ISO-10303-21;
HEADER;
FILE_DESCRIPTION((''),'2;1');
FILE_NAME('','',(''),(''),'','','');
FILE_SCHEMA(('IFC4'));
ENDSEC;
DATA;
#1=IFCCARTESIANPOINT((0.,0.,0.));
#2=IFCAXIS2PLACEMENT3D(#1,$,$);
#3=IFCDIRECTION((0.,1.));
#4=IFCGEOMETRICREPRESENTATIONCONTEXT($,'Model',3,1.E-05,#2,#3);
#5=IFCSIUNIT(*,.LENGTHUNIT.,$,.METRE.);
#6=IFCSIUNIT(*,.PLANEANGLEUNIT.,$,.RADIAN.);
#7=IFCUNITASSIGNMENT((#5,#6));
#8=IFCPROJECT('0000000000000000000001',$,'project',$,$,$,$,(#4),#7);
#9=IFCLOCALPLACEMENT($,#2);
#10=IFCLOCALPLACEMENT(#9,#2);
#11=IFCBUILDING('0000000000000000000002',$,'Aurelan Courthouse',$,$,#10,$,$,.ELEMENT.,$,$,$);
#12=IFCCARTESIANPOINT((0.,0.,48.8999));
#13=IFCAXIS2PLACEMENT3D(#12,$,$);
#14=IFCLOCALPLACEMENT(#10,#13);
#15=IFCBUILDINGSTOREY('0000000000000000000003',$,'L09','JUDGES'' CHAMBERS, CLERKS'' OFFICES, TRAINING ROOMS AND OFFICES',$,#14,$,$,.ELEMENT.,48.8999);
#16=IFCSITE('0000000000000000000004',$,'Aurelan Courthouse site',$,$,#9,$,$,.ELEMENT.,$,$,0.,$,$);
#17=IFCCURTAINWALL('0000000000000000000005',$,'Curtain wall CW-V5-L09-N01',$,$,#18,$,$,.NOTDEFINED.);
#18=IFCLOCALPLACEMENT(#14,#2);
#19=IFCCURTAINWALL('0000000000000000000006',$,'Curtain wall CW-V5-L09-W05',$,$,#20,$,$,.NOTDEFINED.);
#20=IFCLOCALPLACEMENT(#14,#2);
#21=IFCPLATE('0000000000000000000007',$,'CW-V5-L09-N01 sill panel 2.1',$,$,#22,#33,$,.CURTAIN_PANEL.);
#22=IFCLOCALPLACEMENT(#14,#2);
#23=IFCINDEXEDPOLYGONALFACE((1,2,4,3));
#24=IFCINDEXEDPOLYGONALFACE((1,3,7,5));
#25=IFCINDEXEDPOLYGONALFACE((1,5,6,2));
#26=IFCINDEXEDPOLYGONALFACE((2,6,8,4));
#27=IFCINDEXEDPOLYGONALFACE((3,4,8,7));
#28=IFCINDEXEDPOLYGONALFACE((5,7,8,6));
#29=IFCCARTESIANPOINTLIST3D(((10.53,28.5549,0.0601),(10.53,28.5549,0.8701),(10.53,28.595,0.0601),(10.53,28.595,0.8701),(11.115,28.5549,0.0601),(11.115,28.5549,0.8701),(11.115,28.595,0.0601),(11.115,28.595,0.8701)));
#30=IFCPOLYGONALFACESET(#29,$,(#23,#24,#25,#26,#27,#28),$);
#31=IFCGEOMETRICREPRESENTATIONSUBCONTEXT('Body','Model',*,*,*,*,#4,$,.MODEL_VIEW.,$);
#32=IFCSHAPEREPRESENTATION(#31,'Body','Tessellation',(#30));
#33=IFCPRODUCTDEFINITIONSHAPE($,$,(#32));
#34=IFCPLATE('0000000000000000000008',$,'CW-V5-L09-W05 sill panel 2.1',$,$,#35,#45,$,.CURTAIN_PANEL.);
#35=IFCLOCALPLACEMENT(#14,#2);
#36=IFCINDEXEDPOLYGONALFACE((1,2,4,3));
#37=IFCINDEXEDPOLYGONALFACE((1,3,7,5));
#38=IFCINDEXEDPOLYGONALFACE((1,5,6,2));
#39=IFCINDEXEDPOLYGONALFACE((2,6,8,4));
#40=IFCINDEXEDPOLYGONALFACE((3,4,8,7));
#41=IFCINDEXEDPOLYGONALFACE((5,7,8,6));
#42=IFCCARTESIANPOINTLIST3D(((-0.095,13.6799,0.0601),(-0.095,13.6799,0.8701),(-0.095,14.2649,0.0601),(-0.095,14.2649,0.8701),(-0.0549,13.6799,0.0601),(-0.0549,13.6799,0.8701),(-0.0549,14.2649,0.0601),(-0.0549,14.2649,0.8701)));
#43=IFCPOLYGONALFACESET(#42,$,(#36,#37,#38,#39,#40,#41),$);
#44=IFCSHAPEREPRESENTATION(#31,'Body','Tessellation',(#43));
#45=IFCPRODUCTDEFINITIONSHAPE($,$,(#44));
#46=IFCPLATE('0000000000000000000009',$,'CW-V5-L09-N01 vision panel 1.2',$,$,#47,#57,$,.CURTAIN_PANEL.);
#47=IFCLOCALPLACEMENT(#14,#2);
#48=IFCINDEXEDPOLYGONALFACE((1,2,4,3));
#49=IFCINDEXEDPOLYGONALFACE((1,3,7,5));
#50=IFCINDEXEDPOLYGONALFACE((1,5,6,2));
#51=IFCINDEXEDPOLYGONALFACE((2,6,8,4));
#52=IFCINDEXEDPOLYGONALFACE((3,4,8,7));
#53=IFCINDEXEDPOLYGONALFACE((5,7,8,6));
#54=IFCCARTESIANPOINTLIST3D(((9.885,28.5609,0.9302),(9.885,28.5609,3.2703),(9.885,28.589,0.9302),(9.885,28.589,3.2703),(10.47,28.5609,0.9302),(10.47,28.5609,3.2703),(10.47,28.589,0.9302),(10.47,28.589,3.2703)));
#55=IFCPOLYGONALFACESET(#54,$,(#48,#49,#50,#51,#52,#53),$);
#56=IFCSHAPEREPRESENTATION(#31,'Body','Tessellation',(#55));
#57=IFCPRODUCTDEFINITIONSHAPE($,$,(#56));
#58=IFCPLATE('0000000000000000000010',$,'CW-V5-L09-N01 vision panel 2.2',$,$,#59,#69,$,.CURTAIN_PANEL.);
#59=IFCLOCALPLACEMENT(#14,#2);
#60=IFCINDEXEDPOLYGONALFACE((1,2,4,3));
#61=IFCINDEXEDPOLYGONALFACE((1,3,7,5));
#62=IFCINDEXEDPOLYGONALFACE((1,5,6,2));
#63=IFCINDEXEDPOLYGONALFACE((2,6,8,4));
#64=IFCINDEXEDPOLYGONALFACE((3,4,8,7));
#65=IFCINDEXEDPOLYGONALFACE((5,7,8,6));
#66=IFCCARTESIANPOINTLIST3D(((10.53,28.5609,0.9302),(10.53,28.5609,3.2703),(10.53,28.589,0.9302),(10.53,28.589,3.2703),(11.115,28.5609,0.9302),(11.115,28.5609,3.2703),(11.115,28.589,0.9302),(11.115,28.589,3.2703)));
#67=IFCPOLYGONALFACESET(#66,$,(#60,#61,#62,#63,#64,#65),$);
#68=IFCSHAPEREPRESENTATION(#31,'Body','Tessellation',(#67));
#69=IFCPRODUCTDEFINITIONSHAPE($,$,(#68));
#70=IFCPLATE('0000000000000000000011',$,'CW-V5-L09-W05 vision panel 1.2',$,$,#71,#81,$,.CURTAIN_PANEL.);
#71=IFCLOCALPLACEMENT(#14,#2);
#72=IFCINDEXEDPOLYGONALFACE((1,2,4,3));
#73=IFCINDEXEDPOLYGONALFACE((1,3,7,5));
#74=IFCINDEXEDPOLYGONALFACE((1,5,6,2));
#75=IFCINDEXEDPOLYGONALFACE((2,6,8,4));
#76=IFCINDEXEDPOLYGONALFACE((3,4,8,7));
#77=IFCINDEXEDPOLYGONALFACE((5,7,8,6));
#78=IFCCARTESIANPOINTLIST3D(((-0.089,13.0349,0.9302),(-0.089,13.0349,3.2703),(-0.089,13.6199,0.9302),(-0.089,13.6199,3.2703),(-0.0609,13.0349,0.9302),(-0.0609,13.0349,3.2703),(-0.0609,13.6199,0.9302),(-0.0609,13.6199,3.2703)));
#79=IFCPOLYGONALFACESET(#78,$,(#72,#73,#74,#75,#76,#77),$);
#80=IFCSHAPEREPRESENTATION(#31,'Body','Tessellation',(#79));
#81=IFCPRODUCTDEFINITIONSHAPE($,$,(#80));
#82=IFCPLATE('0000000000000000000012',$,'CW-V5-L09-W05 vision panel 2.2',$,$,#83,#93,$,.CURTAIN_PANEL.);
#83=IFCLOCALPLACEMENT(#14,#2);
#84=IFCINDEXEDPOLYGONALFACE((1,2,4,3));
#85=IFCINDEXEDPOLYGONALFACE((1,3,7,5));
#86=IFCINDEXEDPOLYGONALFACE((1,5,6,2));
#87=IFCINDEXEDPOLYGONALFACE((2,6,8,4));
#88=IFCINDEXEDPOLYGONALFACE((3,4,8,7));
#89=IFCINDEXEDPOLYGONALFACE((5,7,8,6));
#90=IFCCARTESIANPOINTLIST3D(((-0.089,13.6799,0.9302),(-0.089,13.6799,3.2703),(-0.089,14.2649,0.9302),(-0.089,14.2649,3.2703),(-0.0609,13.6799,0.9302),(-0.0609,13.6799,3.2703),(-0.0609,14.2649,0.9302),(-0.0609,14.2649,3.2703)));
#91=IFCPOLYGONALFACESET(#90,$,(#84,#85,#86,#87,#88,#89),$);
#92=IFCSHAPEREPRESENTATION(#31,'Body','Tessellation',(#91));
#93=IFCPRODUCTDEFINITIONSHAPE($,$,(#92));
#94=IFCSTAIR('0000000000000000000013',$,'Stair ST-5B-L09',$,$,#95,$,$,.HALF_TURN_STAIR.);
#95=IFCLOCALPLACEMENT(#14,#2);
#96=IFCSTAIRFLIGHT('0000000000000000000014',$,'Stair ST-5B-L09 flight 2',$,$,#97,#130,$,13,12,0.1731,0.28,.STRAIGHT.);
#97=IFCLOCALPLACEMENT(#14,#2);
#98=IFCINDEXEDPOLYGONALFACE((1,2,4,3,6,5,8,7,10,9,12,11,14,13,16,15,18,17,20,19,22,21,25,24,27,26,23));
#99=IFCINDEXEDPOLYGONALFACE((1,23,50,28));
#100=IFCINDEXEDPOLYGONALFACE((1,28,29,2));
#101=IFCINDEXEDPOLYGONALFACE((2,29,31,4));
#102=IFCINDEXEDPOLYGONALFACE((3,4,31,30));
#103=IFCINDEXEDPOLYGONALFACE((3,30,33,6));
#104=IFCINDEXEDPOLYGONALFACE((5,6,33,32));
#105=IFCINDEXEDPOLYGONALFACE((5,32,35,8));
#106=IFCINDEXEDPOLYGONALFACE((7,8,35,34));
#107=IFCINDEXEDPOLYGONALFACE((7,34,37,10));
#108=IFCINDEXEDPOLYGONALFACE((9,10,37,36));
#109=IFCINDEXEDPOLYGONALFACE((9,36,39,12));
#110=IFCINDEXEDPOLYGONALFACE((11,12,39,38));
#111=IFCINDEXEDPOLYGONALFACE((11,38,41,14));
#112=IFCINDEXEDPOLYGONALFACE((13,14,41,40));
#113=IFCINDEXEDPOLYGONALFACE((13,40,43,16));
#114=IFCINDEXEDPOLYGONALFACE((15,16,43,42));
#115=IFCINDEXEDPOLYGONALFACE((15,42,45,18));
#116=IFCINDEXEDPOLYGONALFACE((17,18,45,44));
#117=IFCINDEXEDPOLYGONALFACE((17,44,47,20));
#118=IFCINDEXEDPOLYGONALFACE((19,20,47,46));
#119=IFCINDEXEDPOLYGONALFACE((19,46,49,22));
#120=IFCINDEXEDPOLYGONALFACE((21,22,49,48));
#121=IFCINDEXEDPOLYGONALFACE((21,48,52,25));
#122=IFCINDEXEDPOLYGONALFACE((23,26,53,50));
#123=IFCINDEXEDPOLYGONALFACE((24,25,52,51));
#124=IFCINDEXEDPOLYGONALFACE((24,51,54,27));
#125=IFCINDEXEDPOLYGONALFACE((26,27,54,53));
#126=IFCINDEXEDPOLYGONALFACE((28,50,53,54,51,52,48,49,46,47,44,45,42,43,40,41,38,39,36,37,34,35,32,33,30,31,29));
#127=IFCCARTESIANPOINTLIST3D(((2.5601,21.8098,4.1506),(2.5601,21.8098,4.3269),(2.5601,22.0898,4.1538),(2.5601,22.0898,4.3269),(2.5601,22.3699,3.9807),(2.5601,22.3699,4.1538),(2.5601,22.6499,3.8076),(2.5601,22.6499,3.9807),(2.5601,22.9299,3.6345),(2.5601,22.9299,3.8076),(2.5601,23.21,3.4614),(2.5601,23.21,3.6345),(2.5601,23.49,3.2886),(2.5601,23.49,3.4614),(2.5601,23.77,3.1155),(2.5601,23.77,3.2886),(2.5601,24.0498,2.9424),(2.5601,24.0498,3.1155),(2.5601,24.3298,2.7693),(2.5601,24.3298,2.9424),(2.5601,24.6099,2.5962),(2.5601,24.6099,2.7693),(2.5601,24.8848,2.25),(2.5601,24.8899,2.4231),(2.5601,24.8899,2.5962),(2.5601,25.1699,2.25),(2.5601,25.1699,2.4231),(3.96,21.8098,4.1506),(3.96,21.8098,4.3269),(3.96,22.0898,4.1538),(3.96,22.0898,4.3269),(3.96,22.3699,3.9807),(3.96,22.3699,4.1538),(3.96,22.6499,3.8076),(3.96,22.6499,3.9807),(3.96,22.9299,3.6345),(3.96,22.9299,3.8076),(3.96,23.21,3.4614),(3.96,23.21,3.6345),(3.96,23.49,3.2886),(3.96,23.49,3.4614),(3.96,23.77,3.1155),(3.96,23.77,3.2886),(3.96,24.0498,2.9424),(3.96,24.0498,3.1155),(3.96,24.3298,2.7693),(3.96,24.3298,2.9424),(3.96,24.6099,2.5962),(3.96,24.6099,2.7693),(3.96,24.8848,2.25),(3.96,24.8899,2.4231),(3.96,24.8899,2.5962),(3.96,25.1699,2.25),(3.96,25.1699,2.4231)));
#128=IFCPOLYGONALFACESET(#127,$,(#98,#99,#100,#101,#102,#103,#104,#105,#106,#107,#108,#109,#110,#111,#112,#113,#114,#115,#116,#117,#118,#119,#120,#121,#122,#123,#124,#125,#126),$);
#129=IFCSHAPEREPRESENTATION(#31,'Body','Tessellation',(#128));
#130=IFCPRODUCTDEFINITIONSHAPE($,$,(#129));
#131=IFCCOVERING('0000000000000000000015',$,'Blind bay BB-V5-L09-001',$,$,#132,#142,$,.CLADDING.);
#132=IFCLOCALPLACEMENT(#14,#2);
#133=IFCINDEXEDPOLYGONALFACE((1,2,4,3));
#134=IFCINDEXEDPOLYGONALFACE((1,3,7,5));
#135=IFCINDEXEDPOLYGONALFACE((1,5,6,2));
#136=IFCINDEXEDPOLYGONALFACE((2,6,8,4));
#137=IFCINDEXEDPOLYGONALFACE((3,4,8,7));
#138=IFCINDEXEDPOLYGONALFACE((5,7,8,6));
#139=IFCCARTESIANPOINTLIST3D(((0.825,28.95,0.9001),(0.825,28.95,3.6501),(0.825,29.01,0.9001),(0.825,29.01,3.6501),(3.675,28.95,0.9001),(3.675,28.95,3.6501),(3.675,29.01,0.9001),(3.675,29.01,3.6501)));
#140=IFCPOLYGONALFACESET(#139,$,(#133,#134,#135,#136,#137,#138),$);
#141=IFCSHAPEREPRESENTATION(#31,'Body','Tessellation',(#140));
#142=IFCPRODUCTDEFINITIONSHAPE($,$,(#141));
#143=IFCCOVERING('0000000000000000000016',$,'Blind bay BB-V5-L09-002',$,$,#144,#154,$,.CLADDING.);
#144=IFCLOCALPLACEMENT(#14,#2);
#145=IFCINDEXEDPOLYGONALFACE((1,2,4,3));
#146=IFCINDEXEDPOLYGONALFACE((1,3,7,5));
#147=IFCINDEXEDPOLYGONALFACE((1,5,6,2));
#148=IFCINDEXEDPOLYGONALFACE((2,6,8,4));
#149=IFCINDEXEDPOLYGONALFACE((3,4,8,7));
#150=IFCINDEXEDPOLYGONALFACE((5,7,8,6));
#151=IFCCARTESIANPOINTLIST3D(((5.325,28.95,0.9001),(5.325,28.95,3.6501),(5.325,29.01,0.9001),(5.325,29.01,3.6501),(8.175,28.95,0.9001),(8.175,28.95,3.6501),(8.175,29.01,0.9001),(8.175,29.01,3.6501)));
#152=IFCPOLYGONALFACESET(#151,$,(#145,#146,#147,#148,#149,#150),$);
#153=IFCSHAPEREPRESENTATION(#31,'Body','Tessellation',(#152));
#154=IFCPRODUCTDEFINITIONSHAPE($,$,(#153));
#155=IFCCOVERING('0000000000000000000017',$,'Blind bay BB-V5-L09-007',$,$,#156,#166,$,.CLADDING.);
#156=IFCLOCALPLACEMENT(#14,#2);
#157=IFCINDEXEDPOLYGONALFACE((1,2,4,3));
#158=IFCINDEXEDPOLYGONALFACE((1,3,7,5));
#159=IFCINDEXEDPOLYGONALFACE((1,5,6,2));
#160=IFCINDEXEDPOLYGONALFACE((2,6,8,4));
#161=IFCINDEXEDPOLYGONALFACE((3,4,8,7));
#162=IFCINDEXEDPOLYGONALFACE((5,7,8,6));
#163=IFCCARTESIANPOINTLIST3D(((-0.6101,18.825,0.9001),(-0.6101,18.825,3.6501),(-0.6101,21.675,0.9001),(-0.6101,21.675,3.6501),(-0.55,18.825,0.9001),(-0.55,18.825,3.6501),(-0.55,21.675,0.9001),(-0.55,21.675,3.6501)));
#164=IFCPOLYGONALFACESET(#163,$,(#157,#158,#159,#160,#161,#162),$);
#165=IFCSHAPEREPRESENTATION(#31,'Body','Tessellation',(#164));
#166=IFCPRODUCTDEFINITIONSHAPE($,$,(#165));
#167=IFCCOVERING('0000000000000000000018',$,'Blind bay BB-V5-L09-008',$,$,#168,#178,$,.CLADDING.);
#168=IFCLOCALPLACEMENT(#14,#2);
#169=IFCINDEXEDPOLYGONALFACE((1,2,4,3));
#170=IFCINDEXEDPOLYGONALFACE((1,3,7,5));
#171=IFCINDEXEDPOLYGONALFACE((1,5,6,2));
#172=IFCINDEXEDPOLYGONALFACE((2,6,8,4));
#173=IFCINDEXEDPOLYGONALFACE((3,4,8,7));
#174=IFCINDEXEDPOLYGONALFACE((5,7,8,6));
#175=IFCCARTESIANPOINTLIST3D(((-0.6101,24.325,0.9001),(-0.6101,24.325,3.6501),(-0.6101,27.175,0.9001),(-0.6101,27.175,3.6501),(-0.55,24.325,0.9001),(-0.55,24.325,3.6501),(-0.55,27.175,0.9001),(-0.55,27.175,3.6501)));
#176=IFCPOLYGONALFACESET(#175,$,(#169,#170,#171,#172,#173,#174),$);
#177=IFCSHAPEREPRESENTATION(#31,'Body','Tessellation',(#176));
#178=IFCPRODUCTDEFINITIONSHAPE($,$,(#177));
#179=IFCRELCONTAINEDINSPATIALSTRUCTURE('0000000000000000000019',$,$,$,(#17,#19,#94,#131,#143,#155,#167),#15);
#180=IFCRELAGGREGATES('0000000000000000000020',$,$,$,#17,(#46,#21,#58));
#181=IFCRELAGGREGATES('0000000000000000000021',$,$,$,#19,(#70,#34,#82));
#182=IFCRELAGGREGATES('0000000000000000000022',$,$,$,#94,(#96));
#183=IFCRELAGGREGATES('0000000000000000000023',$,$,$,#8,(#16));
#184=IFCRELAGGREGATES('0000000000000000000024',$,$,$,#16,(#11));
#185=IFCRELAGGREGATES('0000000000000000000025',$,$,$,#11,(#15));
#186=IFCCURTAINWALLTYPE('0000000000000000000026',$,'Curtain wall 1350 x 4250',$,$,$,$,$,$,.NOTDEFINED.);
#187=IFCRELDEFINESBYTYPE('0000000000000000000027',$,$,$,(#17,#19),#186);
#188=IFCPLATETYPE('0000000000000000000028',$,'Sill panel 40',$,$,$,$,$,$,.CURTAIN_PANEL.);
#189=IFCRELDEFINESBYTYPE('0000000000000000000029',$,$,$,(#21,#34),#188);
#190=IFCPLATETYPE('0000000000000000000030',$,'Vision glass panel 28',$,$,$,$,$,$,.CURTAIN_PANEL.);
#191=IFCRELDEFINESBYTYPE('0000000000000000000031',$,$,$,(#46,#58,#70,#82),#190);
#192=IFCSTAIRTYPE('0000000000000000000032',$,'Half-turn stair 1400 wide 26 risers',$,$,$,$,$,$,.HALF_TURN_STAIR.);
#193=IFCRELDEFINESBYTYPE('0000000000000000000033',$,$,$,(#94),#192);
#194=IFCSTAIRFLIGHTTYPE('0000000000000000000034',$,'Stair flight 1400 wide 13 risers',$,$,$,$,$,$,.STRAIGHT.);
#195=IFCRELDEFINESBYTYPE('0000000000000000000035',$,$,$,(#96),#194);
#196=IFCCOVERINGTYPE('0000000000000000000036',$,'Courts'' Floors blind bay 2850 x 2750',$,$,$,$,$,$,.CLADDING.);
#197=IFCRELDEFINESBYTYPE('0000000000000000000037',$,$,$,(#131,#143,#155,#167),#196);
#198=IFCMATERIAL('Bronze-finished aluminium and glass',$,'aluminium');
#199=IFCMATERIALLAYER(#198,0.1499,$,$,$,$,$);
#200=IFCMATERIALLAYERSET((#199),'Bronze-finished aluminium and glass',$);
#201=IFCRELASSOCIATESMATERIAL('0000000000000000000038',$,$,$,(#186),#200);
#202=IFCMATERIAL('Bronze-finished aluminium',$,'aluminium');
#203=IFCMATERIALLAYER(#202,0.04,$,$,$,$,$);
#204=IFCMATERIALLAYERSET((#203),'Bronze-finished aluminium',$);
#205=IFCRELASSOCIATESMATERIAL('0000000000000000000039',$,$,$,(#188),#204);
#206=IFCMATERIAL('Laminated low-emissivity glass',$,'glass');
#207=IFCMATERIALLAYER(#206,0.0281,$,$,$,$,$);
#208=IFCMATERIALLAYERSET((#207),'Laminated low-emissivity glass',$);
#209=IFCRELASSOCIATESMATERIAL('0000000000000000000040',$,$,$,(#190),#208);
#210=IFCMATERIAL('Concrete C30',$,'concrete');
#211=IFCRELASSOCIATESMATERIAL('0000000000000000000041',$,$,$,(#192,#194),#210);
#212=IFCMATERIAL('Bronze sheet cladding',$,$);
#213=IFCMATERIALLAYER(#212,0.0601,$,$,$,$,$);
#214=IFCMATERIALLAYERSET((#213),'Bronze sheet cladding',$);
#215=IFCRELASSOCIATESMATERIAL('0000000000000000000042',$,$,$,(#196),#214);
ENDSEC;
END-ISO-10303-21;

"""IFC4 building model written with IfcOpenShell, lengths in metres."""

from ifc_helpers import new_model, si_unit, direction, frame, origin, origin_2d, place, context, subcontext, project, spatial, polyline, rectangle, outline, extrude, material, layer, layer_set, type_object, element, aggregate, save


model = new_model("IFC4")

# Units and contexts
model_context = context("Model", 3, precision=1e-05, world=origin(), true_north=direction((0.0, 1.0)))
body_context = subcontext(model_context, "Body", "Model", "MODEL_VIEW")
ifc_project = project(units=[si_unit("LENGTHUNIT", "METRE"), si_unit("PLANEANGLEUNIT", "RADIAN")], contexts=[model_context])

# Site, building, storey
site_placement = place(None, origin())
site = spatial("IfcSite", under=ifc_project, at=site_placement, Name="Aurelan Courthouse site", CompositionType="ELEMENT", RefElevation=0.0)
building_placement = place(site_placement, origin())
building = spatial("IfcBuilding", under=site, at=building_placement, Name="Aurelan Courthouse", CompositionType="ELEMENT")
storey_placement = place(building_placement, frame((0.0, 0.0, 48.8999)))
storey = spatial("IfcBuildingStorey", under=building, at=storey_placement, Name="L09", Description="JUDGES' CHAMBERS, CLERKS' OFFICES, TRAINING ROOMS AND OFFICES", CompositionType="ELEMENT", Elevation=48.8999)

# Curtain walls
ifc_material_1 = material(Name="Bronze-finished aluminium and glass", Category="aluminium")
ifc_layer_1 = layer(ifc_material_1, 0.1499)
ifc_layer_set_1 = layer_set([ifc_layer_1], Name="Bronze-finished aluminium and glass")
curtain_wall_type = type_object("IfcCurtainWallType", Name="Curtain wall 1350 x 4250", PredefinedType="NOTDEFINED", material=ifc_layer_set_1)
curtain_wall_1_placement = place(storey_placement, origin())
curtain_wall_1 = element("IfcCurtainWall", 1, at=curtain_wall_1_placement, inside=storey, type_object=curtain_wall_type, Name="Curtain wall CW-V5-L09-N01", PredefinedType="NOTDEFINED")
ifc_material_2 = material(Name="Bronze-finished aluminium", Category="aluminium")
curtain_wall_2_placement = place(storey_placement, origin())
curtain_wall_2 = element("IfcCurtainWall", 2, at=curtain_wall_2_placement, inside=storey, type_object=curtain_wall_type, Name="Curtain wall CW-V5-L09-W05", PredefinedType="NOTDEFINED")

# Plates
ifc_layer_2 = layer(ifc_material_2, 0.04)
ifc_layer_set_2 = layer_set([ifc_layer_2], Name="Bronze-finished aluminium")
plate_type_1 = type_object("IfcPlateType", Name="Sill panel 40", PredefinedType="CURTAIN_PANEL", material=ifc_layer_set_2)
plate_1_placement = place(storey_placement, frame((10.8225, 28.575, 0.0601), z_axis=(0.0, 0.0, 1.0), x_axis=(1.0, 0.0, 0.0)))
plate_1 = element("IfcPlate", 3, at=plate_1_placement, type_object=plate_type_1, Name="CW-V5-L09-N01 sill panel 2.1", PredefinedType="CURTAIN_PANEL", context=body_context, shape_type="SweptSolid", body=[
    extrude(rectangle(XDim=0.585, YDim=0.04, at=origin_2d()), origin(), (0.0, 0.0, 1.0), 0.8101),
])
plate_2_placement = place(storey_placement, frame((-0.075, 13.9724, 0.0601), z_axis=(0.0, 0.0, 1.0), x_axis=(0.0, 1.0, 0.0)))
plate_2 = element("IfcPlate", 4, at=plate_2_placement, type_object=plate_type_1, Name="CW-V5-L09-W05 sill panel 2.1", PredefinedType="CURTAIN_PANEL", context=body_context, shape_type="SweptSolid", body=[
    extrude(rectangle(XDim=0.585, YDim=0.04, at=origin_2d()), origin(), (0.0, 0.0, 1.0), 0.8101),
])
ifc_material_3 = material(Name="Laminated low-emissivity glass", Category="glass")
ifc_layer_3 = layer(ifc_material_3, 0.0281)
ifc_layer_set_3 = layer_set([ifc_layer_3], Name="Laminated low-emissivity glass")
plate_type_2 = type_object("IfcPlateType", Name="Vision glass panel 28", PredefinedType="CURTAIN_PANEL", material=ifc_layer_set_3)
plate_3_placement = place(storey_placement, frame((10.1775, 28.575, 0.9302), z_axis=(0.0, 0.0, 1.0), x_axis=(1.0, 0.0, 0.0)))
plate_3 = element("IfcPlate", 5, at=plate_3_placement, type_object=plate_type_2, Name="CW-V5-L09-N01 vision panel 1.2", PredefinedType="CURTAIN_PANEL", context=body_context, shape_type="SweptSolid", body=[
    extrude(rectangle(XDim=0.585, YDim=0.0281, at=origin_2d()), origin(), (0.0, 0.0, 1.0), 2.3401),
])
plate_4_placement = place(storey_placement, frame((10.8225, 28.575, 0.9302), z_axis=(0.0, 0.0, 1.0), x_axis=(1.0, 0.0, 0.0)))
plate_4 = element("IfcPlate", 6, at=plate_4_placement, type_object=plate_type_2, Name="CW-V5-L09-N01 vision panel 2.2", PredefinedType="CURTAIN_PANEL", context=body_context, shape_type="SweptSolid", body=[
    extrude(rectangle(XDim=0.585, YDim=0.0281, at=origin_2d()), origin(), (0.0, 0.0, 1.0), 2.3401),
])
aggregate(curtain_wall_1, [plate_3, plate_1, plate_4])
plate_5_placement = place(storey_placement, frame((-0.075, 13.3274, 0.9302), z_axis=(0.0, 0.0, 1.0), x_axis=(0.0, 1.0, 0.0)))
plate_5 = element("IfcPlate", 7, at=plate_5_placement, type_object=plate_type_2, Name="CW-V5-L09-W05 vision panel 1.2", PredefinedType="CURTAIN_PANEL", context=body_context, shape_type="SweptSolid", body=[
    extrude(rectangle(XDim=0.585, YDim=0.0281, at=origin_2d()), origin(), (0.0, 0.0, 1.0), 2.3401),
])
plate_6_placement = place(storey_placement, frame((-0.075, 13.9724, 0.9302), z_axis=(0.0, 0.0, 1.0), x_axis=(0.0, 1.0, 0.0)))
plate_6 = element("IfcPlate", 8, at=plate_6_placement, type_object=plate_type_2, Name="CW-V5-L09-W05 vision panel 2.2", PredefinedType="CURTAIN_PANEL", context=body_context, shape_type="SweptSolid", body=[
    extrude(rectangle(XDim=0.585, YDim=0.0281, at=origin_2d()), origin(), (0.0, 0.0, 1.0), 2.3401),
])
aggregate(curtain_wall_2, [plate_5, plate_2, plate_6])

# Stair, stair flight
ifc_material_4 = material(Name="Concrete C30", Category="concrete")
stair_type = type_object("IfcStairType", Name="Half-turn stair 1400 wide 26 risers", PredefinedType="HALF_TURN_STAIR", material=ifc_material_4)
stair_placement = place(storey_placement, origin())
stair = element("IfcStair", 9, at=stair_placement, inside=storey, type_object=stair_type, Name="Stair ST-5B-L09", PredefinedType="HALF_TURN_STAIR")
stair_flight_type = type_object("IfcStairFlightType", Name="Stair flight 1400 wide 13 risers", PredefinedType="STRAIGHT", material=ifc_material_4)
stair_flight_placement = place(storey_placement, frame((3.26, 25.1699, 2.25), z_axis=(0.0, 0.0, 1.0), x_axis=(0.0, -1.0, 0.0)))
stair_flight = element("IfcStairFlight", 10, at=stair_flight_placement, type_object=stair_flight_type, Name="Stair ST-5B-L09 flight 2", NumberOfRisers=13, NumberOfTreads=12, PredefinedType="STRAIGHT", RiserHeight=0.1731, TreadLength=0.28, context=body_context, shape_type="SweptSolid", body=[
    extrude(outline(polyline([(0.0, 0.0), (0.0, 0.1731), (0.28, 0.1731), (0.28, 0.3462), (0.5601, 0.3462), (0.5601, 0.5193), (0.8401, 0.5193), (0.8401, 0.6924), (1.1201, 0.6924), (1.1201, 0.8655), (1.3999, 0.8655), (1.3999, 1.0386), (1.6799, 1.0386), (1.6799, 1.2114), (1.96, 1.2114), (1.96, 1.3845), (2.24, 1.3845), (2.24, 1.5576), (2.52, 1.5576), (2.52, 1.7307), (2.8, 1.7307), (2.8, 1.9038), (3.0801, 1.9038), (3.0801, 2.0769), (3.3601, 2.0769), (3.3601, 2.25), (3.3601, 1.9006), (0.2852, 0.0), (0.0, 0.0)])), frame((0.0, 0.7, 0.0), z_axis=(0.0, -1.0, 0.0), x_axis=(1.0, 0.0, 0.0)), (0.0, 0.0, 1.0), 1.3999),
])
aggregate(stair, [stair_flight])

# Coverings
ifc_material_5 = material(Name="Bronze sheet cladding")
ifc_layer_4 = layer(ifc_material_5, 0.0601)
ifc_layer_set_4 = layer_set([ifc_layer_4], Name="Bronze sheet cladding")
covering_type = type_object("IfcCoveringType", Name="Courts' Floors blind bay 2850 x 2750", PredefinedType="CLADDING", material=ifc_layer_set_4)
for number, where, z_axis, x_axis, name in (
    (11, (2.25, 28.98, 0.9001), (0.0, 0.0, 1.0), (1.0, 0.0, 0.0), "Blind bay BB-V5-L09-001"),
    (12, (6.75, 28.98, 0.9001), (0.0, 0.0, 1.0), (1.0, 0.0, 0.0), "Blind bay BB-V5-L09-002"),
):
    element("IfcCovering", number, at=place(storey_placement, frame(where, z_axis=z_axis, x_axis=x_axis)), inside=storey, type_object=covering_type, Name=name, PredefinedType="CLADDING", context=body_context, shape_type="SweptSolid", body=[
        extrude(rectangle(XDim=2.8501, YDim=0.0601, at=origin_2d()), origin(), (0.0, 0.0, 1.0), 2.75),
    ])
for number, where, z_axis, x_axis, name in (
    (13, (-0.5801, 20.25, 0.9001), (0.0, 0.0, 1.0), (1.0, 0.0, 0.0), "Blind bay BB-V5-L09-007"),
    (14, (-0.5801, 25.75, 0.9001), (0.0, 0.0, 1.0), (1.0, 0.0, 0.0), "Blind bay BB-V5-L09-008"),
):
    element("IfcCovering", number, at=place(storey_placement, frame(where, z_axis=z_axis, x_axis=x_axis)), inside=storey, type_object=covering_type, Name=name, PredefinedType="CLADDING", context=body_context, shape_type="SweptSolid", body=[
        extrude(rectangle(XDim=0.0601, YDim=2.8501, at=origin_2d()), origin(), (0.0, 0.0, 1.0), 2.75),
    ])

save(model, "model.ifc")
